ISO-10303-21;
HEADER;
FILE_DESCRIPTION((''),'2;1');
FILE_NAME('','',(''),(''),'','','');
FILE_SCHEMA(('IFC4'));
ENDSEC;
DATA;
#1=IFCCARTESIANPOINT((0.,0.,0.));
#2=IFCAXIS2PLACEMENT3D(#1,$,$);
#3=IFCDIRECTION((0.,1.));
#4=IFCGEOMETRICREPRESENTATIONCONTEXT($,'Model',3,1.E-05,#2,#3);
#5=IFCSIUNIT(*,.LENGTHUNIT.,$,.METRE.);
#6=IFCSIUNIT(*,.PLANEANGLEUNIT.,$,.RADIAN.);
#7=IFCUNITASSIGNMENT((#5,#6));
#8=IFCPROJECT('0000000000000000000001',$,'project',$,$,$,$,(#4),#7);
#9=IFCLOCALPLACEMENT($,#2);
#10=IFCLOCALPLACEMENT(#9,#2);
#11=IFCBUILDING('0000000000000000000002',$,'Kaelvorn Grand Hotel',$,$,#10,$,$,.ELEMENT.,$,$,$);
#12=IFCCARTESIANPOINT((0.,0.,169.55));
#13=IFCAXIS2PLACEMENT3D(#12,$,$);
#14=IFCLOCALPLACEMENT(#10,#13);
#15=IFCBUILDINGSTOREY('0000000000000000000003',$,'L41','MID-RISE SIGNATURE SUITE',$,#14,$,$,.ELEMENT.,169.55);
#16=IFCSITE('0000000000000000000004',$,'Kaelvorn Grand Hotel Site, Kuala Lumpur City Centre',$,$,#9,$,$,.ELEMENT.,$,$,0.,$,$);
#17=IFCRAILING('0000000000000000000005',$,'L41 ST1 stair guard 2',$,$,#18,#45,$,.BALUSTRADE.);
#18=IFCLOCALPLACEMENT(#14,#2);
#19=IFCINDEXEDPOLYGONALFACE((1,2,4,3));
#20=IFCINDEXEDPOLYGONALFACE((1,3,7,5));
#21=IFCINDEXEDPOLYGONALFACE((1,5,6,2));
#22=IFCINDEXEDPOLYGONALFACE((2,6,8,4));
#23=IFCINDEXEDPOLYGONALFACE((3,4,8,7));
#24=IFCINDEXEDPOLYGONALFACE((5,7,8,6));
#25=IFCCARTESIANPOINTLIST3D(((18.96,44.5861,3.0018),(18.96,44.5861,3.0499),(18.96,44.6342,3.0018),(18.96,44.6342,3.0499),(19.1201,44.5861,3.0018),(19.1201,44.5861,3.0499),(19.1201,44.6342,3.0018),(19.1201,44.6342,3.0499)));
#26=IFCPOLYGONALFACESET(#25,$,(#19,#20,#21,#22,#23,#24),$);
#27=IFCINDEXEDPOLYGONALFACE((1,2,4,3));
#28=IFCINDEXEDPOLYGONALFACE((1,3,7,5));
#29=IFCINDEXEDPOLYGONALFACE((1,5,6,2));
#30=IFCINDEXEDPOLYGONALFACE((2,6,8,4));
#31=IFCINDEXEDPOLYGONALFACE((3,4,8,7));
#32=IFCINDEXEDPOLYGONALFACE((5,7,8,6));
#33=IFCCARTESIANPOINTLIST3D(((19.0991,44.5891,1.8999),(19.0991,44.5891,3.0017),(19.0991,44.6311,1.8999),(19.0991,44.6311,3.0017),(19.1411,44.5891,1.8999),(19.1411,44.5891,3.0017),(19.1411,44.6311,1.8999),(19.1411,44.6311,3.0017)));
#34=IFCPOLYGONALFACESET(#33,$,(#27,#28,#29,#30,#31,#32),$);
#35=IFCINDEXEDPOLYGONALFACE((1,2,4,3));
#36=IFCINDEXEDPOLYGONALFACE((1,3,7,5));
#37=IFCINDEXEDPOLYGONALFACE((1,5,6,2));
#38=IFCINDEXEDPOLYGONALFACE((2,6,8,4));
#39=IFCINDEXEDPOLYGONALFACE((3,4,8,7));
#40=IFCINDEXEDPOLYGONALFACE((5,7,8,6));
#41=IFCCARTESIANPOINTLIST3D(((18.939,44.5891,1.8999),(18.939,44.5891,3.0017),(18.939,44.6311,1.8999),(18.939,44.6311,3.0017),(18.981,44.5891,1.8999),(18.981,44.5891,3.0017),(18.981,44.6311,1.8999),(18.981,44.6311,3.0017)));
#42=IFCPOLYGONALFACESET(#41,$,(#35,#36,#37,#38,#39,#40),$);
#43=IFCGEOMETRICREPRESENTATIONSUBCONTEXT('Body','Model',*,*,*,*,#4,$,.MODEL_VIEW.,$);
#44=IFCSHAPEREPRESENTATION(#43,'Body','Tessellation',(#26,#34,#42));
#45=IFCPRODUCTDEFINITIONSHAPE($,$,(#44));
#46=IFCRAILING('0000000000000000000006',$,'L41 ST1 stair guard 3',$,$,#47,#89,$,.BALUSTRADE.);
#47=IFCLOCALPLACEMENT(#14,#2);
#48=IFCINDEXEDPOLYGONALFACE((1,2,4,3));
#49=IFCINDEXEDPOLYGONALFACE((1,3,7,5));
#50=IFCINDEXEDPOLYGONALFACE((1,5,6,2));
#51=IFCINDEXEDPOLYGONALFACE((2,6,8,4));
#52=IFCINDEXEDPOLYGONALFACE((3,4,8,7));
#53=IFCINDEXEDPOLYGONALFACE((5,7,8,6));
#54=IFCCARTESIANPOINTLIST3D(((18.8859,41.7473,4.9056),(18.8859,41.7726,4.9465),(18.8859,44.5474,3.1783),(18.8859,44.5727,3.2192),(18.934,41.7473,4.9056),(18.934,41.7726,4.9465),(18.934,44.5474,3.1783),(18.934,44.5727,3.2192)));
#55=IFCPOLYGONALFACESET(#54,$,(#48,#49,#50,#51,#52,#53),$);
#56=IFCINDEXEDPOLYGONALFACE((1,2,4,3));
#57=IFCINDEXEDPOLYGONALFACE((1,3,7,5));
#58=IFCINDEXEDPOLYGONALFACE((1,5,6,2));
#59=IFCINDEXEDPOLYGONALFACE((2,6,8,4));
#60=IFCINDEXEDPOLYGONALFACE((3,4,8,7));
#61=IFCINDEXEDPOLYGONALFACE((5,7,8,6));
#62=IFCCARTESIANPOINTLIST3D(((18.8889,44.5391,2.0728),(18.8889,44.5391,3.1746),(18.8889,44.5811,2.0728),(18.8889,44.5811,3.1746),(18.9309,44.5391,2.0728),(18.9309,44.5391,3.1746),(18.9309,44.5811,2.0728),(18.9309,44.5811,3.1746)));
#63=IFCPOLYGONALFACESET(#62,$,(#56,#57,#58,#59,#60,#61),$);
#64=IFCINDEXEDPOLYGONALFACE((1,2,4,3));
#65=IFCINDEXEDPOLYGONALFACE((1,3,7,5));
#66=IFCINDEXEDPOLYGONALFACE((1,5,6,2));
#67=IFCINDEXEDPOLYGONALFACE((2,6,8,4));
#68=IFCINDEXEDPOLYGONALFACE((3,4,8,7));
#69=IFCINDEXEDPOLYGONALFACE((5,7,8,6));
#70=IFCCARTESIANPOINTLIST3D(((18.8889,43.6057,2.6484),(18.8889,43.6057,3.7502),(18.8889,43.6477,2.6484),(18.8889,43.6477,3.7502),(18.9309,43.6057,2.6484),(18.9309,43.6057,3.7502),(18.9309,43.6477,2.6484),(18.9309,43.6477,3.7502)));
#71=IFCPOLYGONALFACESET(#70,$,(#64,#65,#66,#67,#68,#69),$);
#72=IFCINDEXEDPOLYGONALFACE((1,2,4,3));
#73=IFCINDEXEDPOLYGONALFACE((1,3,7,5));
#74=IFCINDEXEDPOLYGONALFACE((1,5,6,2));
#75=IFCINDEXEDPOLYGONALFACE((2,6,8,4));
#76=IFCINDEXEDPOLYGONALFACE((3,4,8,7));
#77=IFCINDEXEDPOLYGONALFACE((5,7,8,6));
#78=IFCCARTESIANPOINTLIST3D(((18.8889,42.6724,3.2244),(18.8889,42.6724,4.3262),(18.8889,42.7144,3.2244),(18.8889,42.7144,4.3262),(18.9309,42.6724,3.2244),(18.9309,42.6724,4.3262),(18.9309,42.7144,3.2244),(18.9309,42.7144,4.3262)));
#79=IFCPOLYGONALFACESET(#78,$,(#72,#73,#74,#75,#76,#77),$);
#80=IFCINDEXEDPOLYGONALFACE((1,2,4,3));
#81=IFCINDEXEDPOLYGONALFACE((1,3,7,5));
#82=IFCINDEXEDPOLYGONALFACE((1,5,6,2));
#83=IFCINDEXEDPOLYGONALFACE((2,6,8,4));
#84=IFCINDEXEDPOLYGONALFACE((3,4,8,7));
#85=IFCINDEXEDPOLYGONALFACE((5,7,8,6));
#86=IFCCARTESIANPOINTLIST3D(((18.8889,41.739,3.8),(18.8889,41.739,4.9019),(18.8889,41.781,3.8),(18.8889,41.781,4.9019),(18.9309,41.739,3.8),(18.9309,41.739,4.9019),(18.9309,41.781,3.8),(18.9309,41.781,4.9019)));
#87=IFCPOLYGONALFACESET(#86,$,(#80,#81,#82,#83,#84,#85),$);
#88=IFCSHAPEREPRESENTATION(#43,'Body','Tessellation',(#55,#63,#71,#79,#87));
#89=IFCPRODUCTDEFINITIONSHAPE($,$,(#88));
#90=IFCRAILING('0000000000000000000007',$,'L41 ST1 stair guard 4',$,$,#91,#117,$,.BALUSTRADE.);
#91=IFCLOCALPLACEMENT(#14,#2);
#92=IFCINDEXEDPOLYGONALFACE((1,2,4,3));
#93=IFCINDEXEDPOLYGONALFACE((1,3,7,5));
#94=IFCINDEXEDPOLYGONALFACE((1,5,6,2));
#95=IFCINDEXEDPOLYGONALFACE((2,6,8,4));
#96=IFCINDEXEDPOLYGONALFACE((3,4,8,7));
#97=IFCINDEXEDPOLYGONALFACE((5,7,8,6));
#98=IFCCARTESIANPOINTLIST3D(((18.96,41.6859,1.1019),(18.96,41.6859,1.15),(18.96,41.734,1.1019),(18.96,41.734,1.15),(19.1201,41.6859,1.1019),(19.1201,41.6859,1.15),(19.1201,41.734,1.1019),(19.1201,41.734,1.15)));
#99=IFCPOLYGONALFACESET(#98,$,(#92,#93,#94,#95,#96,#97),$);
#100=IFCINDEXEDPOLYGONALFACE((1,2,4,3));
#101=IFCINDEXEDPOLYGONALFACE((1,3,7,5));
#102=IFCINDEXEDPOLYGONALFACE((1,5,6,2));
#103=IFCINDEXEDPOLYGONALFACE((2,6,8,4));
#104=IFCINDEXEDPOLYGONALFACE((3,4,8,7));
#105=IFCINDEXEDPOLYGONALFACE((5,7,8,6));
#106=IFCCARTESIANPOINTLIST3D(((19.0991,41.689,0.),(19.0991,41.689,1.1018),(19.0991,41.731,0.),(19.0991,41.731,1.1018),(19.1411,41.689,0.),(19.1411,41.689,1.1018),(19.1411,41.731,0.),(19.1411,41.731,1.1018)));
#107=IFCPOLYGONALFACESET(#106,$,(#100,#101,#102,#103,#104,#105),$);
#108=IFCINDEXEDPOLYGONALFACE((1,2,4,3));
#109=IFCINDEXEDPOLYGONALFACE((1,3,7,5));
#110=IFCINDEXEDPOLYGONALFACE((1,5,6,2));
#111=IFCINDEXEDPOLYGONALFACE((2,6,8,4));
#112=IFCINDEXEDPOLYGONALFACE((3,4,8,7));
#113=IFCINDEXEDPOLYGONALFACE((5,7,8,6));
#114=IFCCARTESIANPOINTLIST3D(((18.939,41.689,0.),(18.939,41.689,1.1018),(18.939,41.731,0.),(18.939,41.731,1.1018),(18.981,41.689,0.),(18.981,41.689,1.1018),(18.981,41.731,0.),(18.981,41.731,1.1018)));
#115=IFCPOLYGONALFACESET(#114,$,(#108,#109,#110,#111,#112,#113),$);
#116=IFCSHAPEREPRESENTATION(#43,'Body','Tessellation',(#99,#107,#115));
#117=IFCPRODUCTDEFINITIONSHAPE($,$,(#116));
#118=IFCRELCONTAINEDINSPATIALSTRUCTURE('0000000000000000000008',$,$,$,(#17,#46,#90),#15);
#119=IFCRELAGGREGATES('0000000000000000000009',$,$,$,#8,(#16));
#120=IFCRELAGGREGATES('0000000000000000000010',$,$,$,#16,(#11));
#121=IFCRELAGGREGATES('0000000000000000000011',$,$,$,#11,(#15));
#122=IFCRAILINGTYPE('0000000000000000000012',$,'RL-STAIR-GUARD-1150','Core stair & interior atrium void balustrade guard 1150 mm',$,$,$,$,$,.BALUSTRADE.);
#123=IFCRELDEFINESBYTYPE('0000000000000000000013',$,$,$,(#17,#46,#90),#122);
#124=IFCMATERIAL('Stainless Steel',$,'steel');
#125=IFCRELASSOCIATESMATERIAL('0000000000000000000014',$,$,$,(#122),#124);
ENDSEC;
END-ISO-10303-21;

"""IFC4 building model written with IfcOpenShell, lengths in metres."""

from ifc_helpers import new_model, si_unit, direction, frame, origin, origin_2d, place, context, subcontext, project, spatial, rectangle, extrude, material, type_object, element, save


model = new_model("IFC4")

# Units and contexts
model_context = context("Model", 3, precision=1e-05, world=origin(), true_north=direction((0.0, 1.0)))
body_context = subcontext(model_context, "Body", "Model", "MODEL_VIEW")
ifc_project = project(units=[si_unit("LENGTHUNIT", "METRE"), si_unit("PLANEANGLEUNIT", "RADIAN")], contexts=[model_context])

# Site, building, storey
site_placement = place(None, origin())
site = spatial("IfcSite", under=ifc_project, at=site_placement, Name="Kaelvorn Grand Hotel Site, Kuala Lumpur City Centre", CompositionType="ELEMENT", RefElevation=0.0)
building_placement = place(site_placement, origin())
building = spatial("IfcBuilding", under=site, at=building_placement, Name="Kaelvorn Grand Hotel", CompositionType="ELEMENT")
storey_placement = place(building_placement, frame((0.0, 0.0, 169.55)))
storey = spatial("IfcBuildingStorey", under=building, at=storey_placement, Name="L41", Description="MID-RISE SIGNATURE SUITE", CompositionType="ELEMENT", Elevation=169.55)

# Railings
ifc_material_1 = material(Name="Stainless Steel", Category="steel")
railing_type_1 = type_object("IfcRailingType", Name="RL-STAIR-GUARD-1150", Description="Core stair & interior atrium void balustrade guard 1150 mm", PredefinedType="BALUSTRADE", material=ifc_material_1)
railing_1_placement = place(storey_placement, frame((19.1201, 44.6101, 1.8999)))
element("IfcRailing", 1, at=railing_1_placement, inside=storey, type_object=railing_type_1, Name="L41 ST1 stair guard 2", PredefinedType="BALUSTRADE", context=body_context, shape_type="SweptSolid", body=[
    extrude(rectangle(XDim=0.0481, YDim=0.0481, at=origin_2d()), frame((0.0, 0.0, 1.126), z_axis=(-1.0, 0.0, 0.0), x_axis=(0.0, -1.0, 0.0)), (0.0, 0.0, 1.0), 0.1602),
    extrude(rectangle(XDim=0.042, YDim=0.042, at=origin_2d()), origin(), (0.0, 0.0, 1.0), 1.1018),
    extrude(rectangle(XDim=0.042, YDim=0.042, at=origin_2d()), frame((-0.1602, 0.0, 0.0)), (0.0, 0.0, 1.0), 1.1018),
])
railing_2_placement = place(storey_placement, frame((18.9099, 44.5601, 2.0728)))
element("IfcRailing", 2, at=railing_2_placement, inside=storey, type_object=railing_type_1, Name="L41 ST1 stair guard 3", PredefinedType="BALUSTRADE", context=body_context, shape_type="SweptSolid", body=[
    extrude(rectangle(XDim=0.0481, YDim=0.0481, at=origin_2d()), frame((0.0, 0.0, 1.126), z_axis=(0.0, -0.85109, 0.52502), x_axis=(1.0, 0.0, 0.0)), (0.0, 0.0, 1.0), 3.29),
    extrude(rectangle(XDim=0.042, YDim=0.042, at=origin_2d()), origin(), (0.0, 0.0, 1.0), 1.1018),
    extrude(rectangle(XDim=0.042, YDim=0.042, at=origin_2d()), frame((0.0, -0.9333, 0.5757)), (0.0, 0.0, 1.0), 1.1018),
    extrude(rectangle(XDim=0.042, YDim=0.042, at=origin_2d()), frame((0.0, -1.8667, 1.1516)), (0.0, 0.0, 1.0), 1.1018),
    extrude(rectangle(XDim=0.042, YDim=0.042, at=origin_2d()), frame((0.0, -2.8, 1.7273)), (0.0, 0.0, 1.0), 1.1018),
])
railing_3_placement = place(storey_placement, frame((19.1201, 41.71, 0.0)))
element("IfcRailing", 3, at=railing_3_placement, inside=storey, type_object=railing_type_1, Name="L41 ST1 stair guard 4", PredefinedType="BALUSTRADE", context=body_context, shape_type="SweptSolid", body=[
    extrude(rectangle(XDim=0.0481, YDim=0.0481, at=origin_2d()), frame((0.0, 0.0, 1.126), z_axis=(-1.0, 0.0, 0.0), x_axis=(0.0, -1.0, 0.0)), (0.0, 0.0, 1.0), 0.1602),
    extrude(rectangle(XDim=0.042, YDim=0.042, at=origin_2d()), origin(), (0.0, 0.0, 1.0), 1.1018),
    extrude(rectangle(XDim=0.042, YDim=0.042, at=origin_2d()), frame((-0.1602, 0.0, 0.0)), (0.0, 0.0, 1.0), 1.1018),
])

save(model, "model.ifc")
